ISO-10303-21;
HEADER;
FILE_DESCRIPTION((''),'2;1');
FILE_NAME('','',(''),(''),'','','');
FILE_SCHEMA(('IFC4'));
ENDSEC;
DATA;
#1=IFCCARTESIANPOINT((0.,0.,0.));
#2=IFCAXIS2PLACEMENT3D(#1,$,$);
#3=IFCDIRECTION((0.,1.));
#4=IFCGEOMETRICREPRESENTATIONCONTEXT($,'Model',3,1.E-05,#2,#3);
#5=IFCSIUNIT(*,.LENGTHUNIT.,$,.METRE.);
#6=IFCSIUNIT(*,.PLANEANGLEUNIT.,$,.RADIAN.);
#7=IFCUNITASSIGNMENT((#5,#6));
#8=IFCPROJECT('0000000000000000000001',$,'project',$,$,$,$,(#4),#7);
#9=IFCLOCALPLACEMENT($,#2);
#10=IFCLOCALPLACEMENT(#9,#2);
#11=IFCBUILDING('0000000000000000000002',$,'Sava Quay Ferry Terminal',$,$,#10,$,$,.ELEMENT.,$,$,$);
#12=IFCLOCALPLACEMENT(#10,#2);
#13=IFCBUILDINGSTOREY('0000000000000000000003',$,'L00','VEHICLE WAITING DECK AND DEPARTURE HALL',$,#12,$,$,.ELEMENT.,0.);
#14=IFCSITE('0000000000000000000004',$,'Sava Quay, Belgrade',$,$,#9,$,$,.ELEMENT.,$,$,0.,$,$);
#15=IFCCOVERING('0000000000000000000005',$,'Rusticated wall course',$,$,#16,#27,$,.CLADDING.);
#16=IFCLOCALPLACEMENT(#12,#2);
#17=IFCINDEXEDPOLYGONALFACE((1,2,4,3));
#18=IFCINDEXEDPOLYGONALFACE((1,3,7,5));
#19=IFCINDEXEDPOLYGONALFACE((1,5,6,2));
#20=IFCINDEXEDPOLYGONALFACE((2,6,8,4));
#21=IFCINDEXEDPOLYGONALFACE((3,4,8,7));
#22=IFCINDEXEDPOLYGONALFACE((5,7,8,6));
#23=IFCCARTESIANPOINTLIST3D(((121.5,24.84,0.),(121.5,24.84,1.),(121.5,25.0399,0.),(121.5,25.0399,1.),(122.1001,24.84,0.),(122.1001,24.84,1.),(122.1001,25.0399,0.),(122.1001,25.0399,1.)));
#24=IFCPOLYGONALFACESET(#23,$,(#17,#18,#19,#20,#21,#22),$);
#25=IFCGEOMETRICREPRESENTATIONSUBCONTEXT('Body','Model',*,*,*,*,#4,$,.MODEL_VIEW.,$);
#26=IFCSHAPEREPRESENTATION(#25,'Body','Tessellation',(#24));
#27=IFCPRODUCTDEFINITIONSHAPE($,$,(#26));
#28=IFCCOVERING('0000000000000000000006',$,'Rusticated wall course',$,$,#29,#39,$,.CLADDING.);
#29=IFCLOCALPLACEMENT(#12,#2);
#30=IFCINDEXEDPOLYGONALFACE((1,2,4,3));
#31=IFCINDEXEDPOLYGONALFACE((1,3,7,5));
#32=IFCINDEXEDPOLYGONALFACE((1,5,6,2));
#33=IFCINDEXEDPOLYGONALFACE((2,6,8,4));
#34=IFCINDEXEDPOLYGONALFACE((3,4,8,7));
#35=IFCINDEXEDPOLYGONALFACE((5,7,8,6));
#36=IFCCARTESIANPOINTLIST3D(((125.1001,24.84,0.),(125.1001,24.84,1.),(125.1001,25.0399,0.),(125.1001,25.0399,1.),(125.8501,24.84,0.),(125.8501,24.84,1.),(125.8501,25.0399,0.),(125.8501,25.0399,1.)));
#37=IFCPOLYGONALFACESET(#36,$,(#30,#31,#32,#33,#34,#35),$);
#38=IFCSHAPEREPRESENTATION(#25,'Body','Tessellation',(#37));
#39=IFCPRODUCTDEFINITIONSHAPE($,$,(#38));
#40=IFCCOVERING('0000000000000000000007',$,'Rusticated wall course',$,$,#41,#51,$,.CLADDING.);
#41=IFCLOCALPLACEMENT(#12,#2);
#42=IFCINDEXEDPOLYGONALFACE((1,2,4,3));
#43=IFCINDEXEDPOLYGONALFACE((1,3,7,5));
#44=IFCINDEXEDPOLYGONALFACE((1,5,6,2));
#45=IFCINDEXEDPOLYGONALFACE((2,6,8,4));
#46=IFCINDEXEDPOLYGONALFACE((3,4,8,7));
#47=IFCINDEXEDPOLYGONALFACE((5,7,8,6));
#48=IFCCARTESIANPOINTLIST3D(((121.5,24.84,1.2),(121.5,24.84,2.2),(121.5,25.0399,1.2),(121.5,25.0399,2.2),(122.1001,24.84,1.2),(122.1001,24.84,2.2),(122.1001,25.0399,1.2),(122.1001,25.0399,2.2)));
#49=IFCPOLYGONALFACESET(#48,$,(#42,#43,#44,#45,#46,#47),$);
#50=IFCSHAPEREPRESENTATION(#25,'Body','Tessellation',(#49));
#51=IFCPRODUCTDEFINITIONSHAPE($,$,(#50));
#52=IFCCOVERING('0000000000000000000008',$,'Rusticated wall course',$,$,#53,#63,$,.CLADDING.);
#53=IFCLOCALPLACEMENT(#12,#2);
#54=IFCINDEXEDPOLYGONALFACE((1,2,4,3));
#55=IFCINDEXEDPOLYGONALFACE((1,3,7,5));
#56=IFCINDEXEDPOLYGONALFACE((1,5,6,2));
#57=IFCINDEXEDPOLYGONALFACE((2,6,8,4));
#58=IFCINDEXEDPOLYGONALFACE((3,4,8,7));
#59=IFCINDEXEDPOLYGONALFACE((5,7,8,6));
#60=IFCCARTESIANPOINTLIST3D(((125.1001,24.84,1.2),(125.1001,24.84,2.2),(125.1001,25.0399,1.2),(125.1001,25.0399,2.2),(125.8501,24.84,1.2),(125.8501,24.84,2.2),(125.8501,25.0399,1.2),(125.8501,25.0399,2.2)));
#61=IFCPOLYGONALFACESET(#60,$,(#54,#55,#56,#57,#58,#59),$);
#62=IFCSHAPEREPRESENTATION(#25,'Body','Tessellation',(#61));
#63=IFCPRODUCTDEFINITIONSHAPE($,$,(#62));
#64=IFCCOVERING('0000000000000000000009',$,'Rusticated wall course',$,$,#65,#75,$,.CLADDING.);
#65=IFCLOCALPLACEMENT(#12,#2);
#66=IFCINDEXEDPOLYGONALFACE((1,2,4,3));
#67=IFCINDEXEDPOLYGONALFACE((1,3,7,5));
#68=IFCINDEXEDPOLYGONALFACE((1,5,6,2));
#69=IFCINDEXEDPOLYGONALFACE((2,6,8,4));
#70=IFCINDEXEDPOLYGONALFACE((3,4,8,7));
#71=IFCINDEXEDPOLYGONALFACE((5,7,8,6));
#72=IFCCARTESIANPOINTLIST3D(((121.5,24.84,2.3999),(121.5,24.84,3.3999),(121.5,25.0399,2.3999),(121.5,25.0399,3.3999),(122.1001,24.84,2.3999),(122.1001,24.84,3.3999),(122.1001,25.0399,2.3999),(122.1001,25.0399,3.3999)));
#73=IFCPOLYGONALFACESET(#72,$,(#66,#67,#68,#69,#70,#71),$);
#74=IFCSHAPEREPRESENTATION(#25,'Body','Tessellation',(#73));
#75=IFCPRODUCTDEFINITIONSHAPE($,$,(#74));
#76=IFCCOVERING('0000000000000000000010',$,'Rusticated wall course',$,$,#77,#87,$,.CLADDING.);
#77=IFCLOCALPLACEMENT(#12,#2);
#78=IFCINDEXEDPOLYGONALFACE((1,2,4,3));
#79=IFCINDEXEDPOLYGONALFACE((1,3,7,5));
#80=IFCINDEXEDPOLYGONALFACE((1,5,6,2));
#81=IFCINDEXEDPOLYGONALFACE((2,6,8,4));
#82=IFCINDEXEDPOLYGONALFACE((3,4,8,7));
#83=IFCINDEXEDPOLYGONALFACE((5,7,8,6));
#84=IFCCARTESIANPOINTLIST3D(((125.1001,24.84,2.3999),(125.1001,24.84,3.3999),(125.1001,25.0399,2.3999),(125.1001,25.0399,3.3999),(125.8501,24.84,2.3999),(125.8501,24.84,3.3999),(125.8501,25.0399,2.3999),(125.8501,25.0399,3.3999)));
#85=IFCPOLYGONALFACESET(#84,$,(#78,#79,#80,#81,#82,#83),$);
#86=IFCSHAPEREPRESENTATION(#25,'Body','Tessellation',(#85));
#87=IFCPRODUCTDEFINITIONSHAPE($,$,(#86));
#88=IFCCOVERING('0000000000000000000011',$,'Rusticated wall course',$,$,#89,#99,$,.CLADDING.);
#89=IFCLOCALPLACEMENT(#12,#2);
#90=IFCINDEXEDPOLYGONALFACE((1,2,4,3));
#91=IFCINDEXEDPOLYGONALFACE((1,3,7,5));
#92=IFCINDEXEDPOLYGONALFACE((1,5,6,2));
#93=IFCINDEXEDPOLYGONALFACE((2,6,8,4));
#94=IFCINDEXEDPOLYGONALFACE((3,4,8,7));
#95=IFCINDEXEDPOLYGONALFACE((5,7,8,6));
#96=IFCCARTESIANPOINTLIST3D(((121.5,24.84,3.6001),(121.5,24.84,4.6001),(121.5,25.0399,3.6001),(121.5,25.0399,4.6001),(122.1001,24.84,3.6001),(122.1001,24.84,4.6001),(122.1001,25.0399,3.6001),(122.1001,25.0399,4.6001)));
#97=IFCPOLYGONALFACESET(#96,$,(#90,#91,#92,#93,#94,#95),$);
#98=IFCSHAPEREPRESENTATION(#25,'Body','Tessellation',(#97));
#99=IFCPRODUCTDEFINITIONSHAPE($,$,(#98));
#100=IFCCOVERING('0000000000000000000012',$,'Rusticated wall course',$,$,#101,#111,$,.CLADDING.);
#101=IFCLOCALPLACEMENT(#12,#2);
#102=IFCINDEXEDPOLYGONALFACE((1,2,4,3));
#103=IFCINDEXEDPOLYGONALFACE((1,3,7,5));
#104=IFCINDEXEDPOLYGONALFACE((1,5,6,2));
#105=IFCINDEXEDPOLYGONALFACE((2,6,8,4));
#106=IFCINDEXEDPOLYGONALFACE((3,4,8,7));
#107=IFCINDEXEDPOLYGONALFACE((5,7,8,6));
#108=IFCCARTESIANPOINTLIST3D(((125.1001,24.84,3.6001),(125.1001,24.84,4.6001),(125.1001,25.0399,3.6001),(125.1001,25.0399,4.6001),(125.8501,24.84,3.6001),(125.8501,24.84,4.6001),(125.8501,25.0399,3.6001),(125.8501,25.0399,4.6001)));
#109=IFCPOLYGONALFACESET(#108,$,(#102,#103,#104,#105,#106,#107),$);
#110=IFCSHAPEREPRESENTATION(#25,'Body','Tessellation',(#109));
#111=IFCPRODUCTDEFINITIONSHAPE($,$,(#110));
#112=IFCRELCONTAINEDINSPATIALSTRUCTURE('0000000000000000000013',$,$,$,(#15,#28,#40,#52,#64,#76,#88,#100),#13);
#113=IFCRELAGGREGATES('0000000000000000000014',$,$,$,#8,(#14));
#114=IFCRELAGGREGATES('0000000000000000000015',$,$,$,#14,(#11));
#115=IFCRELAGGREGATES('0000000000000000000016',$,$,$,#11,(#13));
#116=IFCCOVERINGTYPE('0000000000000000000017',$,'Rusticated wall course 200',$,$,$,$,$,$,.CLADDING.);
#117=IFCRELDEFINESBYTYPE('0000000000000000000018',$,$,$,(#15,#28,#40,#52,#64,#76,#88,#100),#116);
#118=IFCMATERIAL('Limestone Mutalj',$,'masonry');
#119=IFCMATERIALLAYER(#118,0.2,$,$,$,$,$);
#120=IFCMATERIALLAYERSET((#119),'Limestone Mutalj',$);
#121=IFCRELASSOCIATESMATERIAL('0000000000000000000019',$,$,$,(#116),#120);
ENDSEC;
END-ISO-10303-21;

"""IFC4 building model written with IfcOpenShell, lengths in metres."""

from ifc_helpers import new_model, si_unit, direction, frame, origin, origin_2d, place, context, subcontext, project, spatial, rectangle, extrude, material, layer, layer_set, type_object, element, save


model = new_model("IFC4")

# Units and contexts
model_context = context("Model", 3, precision=1e-05, world=origin(), true_north=direction((0.0, 1.0)))
body_context = subcontext(model_context, "Body", "Model", "MODEL_VIEW")
ifc_project = project(units=[si_unit("LENGTHUNIT", "METRE"), si_unit("PLANEANGLEUNIT", "RADIAN")], contexts=[model_context])

# Site, building, storey
site_placement = place(None, origin())
site = spatial("IfcSite", under=ifc_project, at=site_placement, Name="Sava Quay, Belgrade", CompositionType="ELEMENT", RefElevation=0.0)
building_placement = place(site_placement, origin())
building = spatial("IfcBuilding", under=site, at=building_placement, Name="Sava Quay Ferry Terminal", CompositionType="ELEMENT")
storey_placement = place(building_placement, origin())
storey = spatial("IfcBuildingStorey", under=building, at=storey_placement, Name="L00", Description="VEHICLE WAITING DECK AND DEPARTURE HALL", CompositionType="ELEMENT", Elevation=0.0)

# Coverings
ifc_material_1 = material(Name="Limestone Mutalj", Category="masonry")
ifc_layer_1 = layer(ifc_material_1, 0.2)
ifc_layer_set_1 = layer_set([ifc_layer_1], Name="Limestone Mutalj")
covering_type_1 = type_object("IfcCoveringType", Name="Rusticated wall course 200", PredefinedType="CLADDING", material=ifc_layer_set_1)
covering_1_placement = place(storey_placement, frame((121.8, 24.9399, 0.0), z_axis=(0.0, 0.0, 1.0), x_axis=(1.0, 0.0, 0.0)))
element("IfcCovering", 1, at=covering_1_placement, inside=storey, type_object=covering_type_1, Name="Rusticated wall course", PredefinedType="CLADDING", context=body_context, shape_type="SweptSolid", body=[
    extrude(rectangle(XDim=0.6001, YDim=0.2, at=origin_2d()), origin(), (0.0, 0.0, 1.0), 1.0),
])
covering_2_placement = place(storey_placement, frame((125.4751, 24.9399, 0.0), z_axis=(0.0, 0.0, 1.0), x_axis=(1.0, 0.0, 0.0)))
element("IfcCovering", 2, at=covering_2_placement, inside=storey, type_object=covering_type_1, Name="Rusticated wall course", PredefinedType="CLADDING", context=body_context, shape_type="SweptSolid", body=[
    extrude(rectangle(XDim=0.75, YDim=0.2, at=origin_2d()), origin(), (0.0, 0.0, 1.0), 1.0),
])
covering_3_placement = place(storey_placement, frame((121.8, 24.9399, 1.2), z_axis=(0.0, 0.0, 1.0), x_axis=(1.0, 0.0, 0.0)))
element("IfcCovering", 3, at=covering_3_placement, inside=storey, type_object=covering_type_1, Name="Rusticated wall course", PredefinedType="CLADDING", context=body_context, shape_type="SweptSolid", body=[
    extrude(rectangle(XDim=0.6001, YDim=0.2, at=origin_2d()), origin(), (0.0, 0.0, 1.0), 1.0),
])
covering_4_placement = place(storey_placement, frame((125.4751, 24.9399, 1.2), z_axis=(0.0, 0.0, 1.0), x_axis=(1.0, 0.0, 0.0)))
element("IfcCovering", 4, at=covering_4_placement, inside=storey, type_object=covering_type_1, Name="Rusticated wall course", PredefinedType="CLADDING", context=body_context, shape_type="SweptSolid", body=[
    extrude(rectangle(XDim=0.75, YDim=0.2, at=origin_2d()), origin(), (0.0, 0.0, 1.0), 1.0),
])
covering_5_placement = place(storey_placement, frame((121.8, 24.9399, 2.3999), z_axis=(0.0, 0.0, 1.0), x_axis=(1.0, 0.0, 0.0)))
element("IfcCovering", 5, at=covering_5_placement, inside=storey, type_object=covering_type_1, Name="Rusticated wall course", PredefinedType="CLADDING", context=body_context, shape_type="SweptSolid", body=[
    extrude(rectangle(XDim=0.6001, YDim=0.2, at=origin_2d()), origin(), (0.0, 0.0, 1.0), 1.0),
])
covering_6_placement = place(storey_placement, frame((125.4751, 24.9399, 2.3999), z_axis=(0.0, 0.0, 1.0), x_axis=(1.0, 0.0, 0.0)))
element("IfcCovering", 6, at=covering_6_placement, inside=storey, type_object=covering_type_1, Name="Rusticated wall course", PredefinedType="CLADDING", context=body_context, shape_type="SweptSolid", body=[
    extrude(rectangle(XDim=0.75, YDim=0.2, at=origin_2d()), origin(), (0.0, 0.0, 1.0), 1.0),
])
covering_7_placement = place(storey_placement, frame((121.8, 24.9399, 3.6001), z_axis=(0.0, 0.0, 1.0), x_axis=(1.0, 0.0, 0.0)))
element("IfcCovering", 7, at=covering_7_placement, inside=storey, type_object=covering_type_1, Name="Rusticated wall course", PredefinedType="CLADDING", context=body_context, shape_type="SweptSolid", body=[
    extrude(rectangle(XDim=0.6001, YDim=0.2, at=origin_2d()), origin(), (0.0, 0.0, 1.0), 1.0),
])
covering_8_placement = place(storey_placement, frame((125.4751, 24.9399, 3.6001), z_axis=(0.0, 0.0, 1.0), x_axis=(1.0, 0.0, 0.0)))
element("IfcCovering", 8, at=covering_8_placement, inside=storey, type_object=covering_type_1, Name="Rusticated wall course", PredefinedType="CLADDING", context=body_context, shape_type="SweptSolid", body=[
    extrude(rectangle(XDim=0.75, YDim=0.2, at=origin_2d()), origin(), (0.0, 0.0, 1.0), 1.0),
])

save(model, "model.ifc")
